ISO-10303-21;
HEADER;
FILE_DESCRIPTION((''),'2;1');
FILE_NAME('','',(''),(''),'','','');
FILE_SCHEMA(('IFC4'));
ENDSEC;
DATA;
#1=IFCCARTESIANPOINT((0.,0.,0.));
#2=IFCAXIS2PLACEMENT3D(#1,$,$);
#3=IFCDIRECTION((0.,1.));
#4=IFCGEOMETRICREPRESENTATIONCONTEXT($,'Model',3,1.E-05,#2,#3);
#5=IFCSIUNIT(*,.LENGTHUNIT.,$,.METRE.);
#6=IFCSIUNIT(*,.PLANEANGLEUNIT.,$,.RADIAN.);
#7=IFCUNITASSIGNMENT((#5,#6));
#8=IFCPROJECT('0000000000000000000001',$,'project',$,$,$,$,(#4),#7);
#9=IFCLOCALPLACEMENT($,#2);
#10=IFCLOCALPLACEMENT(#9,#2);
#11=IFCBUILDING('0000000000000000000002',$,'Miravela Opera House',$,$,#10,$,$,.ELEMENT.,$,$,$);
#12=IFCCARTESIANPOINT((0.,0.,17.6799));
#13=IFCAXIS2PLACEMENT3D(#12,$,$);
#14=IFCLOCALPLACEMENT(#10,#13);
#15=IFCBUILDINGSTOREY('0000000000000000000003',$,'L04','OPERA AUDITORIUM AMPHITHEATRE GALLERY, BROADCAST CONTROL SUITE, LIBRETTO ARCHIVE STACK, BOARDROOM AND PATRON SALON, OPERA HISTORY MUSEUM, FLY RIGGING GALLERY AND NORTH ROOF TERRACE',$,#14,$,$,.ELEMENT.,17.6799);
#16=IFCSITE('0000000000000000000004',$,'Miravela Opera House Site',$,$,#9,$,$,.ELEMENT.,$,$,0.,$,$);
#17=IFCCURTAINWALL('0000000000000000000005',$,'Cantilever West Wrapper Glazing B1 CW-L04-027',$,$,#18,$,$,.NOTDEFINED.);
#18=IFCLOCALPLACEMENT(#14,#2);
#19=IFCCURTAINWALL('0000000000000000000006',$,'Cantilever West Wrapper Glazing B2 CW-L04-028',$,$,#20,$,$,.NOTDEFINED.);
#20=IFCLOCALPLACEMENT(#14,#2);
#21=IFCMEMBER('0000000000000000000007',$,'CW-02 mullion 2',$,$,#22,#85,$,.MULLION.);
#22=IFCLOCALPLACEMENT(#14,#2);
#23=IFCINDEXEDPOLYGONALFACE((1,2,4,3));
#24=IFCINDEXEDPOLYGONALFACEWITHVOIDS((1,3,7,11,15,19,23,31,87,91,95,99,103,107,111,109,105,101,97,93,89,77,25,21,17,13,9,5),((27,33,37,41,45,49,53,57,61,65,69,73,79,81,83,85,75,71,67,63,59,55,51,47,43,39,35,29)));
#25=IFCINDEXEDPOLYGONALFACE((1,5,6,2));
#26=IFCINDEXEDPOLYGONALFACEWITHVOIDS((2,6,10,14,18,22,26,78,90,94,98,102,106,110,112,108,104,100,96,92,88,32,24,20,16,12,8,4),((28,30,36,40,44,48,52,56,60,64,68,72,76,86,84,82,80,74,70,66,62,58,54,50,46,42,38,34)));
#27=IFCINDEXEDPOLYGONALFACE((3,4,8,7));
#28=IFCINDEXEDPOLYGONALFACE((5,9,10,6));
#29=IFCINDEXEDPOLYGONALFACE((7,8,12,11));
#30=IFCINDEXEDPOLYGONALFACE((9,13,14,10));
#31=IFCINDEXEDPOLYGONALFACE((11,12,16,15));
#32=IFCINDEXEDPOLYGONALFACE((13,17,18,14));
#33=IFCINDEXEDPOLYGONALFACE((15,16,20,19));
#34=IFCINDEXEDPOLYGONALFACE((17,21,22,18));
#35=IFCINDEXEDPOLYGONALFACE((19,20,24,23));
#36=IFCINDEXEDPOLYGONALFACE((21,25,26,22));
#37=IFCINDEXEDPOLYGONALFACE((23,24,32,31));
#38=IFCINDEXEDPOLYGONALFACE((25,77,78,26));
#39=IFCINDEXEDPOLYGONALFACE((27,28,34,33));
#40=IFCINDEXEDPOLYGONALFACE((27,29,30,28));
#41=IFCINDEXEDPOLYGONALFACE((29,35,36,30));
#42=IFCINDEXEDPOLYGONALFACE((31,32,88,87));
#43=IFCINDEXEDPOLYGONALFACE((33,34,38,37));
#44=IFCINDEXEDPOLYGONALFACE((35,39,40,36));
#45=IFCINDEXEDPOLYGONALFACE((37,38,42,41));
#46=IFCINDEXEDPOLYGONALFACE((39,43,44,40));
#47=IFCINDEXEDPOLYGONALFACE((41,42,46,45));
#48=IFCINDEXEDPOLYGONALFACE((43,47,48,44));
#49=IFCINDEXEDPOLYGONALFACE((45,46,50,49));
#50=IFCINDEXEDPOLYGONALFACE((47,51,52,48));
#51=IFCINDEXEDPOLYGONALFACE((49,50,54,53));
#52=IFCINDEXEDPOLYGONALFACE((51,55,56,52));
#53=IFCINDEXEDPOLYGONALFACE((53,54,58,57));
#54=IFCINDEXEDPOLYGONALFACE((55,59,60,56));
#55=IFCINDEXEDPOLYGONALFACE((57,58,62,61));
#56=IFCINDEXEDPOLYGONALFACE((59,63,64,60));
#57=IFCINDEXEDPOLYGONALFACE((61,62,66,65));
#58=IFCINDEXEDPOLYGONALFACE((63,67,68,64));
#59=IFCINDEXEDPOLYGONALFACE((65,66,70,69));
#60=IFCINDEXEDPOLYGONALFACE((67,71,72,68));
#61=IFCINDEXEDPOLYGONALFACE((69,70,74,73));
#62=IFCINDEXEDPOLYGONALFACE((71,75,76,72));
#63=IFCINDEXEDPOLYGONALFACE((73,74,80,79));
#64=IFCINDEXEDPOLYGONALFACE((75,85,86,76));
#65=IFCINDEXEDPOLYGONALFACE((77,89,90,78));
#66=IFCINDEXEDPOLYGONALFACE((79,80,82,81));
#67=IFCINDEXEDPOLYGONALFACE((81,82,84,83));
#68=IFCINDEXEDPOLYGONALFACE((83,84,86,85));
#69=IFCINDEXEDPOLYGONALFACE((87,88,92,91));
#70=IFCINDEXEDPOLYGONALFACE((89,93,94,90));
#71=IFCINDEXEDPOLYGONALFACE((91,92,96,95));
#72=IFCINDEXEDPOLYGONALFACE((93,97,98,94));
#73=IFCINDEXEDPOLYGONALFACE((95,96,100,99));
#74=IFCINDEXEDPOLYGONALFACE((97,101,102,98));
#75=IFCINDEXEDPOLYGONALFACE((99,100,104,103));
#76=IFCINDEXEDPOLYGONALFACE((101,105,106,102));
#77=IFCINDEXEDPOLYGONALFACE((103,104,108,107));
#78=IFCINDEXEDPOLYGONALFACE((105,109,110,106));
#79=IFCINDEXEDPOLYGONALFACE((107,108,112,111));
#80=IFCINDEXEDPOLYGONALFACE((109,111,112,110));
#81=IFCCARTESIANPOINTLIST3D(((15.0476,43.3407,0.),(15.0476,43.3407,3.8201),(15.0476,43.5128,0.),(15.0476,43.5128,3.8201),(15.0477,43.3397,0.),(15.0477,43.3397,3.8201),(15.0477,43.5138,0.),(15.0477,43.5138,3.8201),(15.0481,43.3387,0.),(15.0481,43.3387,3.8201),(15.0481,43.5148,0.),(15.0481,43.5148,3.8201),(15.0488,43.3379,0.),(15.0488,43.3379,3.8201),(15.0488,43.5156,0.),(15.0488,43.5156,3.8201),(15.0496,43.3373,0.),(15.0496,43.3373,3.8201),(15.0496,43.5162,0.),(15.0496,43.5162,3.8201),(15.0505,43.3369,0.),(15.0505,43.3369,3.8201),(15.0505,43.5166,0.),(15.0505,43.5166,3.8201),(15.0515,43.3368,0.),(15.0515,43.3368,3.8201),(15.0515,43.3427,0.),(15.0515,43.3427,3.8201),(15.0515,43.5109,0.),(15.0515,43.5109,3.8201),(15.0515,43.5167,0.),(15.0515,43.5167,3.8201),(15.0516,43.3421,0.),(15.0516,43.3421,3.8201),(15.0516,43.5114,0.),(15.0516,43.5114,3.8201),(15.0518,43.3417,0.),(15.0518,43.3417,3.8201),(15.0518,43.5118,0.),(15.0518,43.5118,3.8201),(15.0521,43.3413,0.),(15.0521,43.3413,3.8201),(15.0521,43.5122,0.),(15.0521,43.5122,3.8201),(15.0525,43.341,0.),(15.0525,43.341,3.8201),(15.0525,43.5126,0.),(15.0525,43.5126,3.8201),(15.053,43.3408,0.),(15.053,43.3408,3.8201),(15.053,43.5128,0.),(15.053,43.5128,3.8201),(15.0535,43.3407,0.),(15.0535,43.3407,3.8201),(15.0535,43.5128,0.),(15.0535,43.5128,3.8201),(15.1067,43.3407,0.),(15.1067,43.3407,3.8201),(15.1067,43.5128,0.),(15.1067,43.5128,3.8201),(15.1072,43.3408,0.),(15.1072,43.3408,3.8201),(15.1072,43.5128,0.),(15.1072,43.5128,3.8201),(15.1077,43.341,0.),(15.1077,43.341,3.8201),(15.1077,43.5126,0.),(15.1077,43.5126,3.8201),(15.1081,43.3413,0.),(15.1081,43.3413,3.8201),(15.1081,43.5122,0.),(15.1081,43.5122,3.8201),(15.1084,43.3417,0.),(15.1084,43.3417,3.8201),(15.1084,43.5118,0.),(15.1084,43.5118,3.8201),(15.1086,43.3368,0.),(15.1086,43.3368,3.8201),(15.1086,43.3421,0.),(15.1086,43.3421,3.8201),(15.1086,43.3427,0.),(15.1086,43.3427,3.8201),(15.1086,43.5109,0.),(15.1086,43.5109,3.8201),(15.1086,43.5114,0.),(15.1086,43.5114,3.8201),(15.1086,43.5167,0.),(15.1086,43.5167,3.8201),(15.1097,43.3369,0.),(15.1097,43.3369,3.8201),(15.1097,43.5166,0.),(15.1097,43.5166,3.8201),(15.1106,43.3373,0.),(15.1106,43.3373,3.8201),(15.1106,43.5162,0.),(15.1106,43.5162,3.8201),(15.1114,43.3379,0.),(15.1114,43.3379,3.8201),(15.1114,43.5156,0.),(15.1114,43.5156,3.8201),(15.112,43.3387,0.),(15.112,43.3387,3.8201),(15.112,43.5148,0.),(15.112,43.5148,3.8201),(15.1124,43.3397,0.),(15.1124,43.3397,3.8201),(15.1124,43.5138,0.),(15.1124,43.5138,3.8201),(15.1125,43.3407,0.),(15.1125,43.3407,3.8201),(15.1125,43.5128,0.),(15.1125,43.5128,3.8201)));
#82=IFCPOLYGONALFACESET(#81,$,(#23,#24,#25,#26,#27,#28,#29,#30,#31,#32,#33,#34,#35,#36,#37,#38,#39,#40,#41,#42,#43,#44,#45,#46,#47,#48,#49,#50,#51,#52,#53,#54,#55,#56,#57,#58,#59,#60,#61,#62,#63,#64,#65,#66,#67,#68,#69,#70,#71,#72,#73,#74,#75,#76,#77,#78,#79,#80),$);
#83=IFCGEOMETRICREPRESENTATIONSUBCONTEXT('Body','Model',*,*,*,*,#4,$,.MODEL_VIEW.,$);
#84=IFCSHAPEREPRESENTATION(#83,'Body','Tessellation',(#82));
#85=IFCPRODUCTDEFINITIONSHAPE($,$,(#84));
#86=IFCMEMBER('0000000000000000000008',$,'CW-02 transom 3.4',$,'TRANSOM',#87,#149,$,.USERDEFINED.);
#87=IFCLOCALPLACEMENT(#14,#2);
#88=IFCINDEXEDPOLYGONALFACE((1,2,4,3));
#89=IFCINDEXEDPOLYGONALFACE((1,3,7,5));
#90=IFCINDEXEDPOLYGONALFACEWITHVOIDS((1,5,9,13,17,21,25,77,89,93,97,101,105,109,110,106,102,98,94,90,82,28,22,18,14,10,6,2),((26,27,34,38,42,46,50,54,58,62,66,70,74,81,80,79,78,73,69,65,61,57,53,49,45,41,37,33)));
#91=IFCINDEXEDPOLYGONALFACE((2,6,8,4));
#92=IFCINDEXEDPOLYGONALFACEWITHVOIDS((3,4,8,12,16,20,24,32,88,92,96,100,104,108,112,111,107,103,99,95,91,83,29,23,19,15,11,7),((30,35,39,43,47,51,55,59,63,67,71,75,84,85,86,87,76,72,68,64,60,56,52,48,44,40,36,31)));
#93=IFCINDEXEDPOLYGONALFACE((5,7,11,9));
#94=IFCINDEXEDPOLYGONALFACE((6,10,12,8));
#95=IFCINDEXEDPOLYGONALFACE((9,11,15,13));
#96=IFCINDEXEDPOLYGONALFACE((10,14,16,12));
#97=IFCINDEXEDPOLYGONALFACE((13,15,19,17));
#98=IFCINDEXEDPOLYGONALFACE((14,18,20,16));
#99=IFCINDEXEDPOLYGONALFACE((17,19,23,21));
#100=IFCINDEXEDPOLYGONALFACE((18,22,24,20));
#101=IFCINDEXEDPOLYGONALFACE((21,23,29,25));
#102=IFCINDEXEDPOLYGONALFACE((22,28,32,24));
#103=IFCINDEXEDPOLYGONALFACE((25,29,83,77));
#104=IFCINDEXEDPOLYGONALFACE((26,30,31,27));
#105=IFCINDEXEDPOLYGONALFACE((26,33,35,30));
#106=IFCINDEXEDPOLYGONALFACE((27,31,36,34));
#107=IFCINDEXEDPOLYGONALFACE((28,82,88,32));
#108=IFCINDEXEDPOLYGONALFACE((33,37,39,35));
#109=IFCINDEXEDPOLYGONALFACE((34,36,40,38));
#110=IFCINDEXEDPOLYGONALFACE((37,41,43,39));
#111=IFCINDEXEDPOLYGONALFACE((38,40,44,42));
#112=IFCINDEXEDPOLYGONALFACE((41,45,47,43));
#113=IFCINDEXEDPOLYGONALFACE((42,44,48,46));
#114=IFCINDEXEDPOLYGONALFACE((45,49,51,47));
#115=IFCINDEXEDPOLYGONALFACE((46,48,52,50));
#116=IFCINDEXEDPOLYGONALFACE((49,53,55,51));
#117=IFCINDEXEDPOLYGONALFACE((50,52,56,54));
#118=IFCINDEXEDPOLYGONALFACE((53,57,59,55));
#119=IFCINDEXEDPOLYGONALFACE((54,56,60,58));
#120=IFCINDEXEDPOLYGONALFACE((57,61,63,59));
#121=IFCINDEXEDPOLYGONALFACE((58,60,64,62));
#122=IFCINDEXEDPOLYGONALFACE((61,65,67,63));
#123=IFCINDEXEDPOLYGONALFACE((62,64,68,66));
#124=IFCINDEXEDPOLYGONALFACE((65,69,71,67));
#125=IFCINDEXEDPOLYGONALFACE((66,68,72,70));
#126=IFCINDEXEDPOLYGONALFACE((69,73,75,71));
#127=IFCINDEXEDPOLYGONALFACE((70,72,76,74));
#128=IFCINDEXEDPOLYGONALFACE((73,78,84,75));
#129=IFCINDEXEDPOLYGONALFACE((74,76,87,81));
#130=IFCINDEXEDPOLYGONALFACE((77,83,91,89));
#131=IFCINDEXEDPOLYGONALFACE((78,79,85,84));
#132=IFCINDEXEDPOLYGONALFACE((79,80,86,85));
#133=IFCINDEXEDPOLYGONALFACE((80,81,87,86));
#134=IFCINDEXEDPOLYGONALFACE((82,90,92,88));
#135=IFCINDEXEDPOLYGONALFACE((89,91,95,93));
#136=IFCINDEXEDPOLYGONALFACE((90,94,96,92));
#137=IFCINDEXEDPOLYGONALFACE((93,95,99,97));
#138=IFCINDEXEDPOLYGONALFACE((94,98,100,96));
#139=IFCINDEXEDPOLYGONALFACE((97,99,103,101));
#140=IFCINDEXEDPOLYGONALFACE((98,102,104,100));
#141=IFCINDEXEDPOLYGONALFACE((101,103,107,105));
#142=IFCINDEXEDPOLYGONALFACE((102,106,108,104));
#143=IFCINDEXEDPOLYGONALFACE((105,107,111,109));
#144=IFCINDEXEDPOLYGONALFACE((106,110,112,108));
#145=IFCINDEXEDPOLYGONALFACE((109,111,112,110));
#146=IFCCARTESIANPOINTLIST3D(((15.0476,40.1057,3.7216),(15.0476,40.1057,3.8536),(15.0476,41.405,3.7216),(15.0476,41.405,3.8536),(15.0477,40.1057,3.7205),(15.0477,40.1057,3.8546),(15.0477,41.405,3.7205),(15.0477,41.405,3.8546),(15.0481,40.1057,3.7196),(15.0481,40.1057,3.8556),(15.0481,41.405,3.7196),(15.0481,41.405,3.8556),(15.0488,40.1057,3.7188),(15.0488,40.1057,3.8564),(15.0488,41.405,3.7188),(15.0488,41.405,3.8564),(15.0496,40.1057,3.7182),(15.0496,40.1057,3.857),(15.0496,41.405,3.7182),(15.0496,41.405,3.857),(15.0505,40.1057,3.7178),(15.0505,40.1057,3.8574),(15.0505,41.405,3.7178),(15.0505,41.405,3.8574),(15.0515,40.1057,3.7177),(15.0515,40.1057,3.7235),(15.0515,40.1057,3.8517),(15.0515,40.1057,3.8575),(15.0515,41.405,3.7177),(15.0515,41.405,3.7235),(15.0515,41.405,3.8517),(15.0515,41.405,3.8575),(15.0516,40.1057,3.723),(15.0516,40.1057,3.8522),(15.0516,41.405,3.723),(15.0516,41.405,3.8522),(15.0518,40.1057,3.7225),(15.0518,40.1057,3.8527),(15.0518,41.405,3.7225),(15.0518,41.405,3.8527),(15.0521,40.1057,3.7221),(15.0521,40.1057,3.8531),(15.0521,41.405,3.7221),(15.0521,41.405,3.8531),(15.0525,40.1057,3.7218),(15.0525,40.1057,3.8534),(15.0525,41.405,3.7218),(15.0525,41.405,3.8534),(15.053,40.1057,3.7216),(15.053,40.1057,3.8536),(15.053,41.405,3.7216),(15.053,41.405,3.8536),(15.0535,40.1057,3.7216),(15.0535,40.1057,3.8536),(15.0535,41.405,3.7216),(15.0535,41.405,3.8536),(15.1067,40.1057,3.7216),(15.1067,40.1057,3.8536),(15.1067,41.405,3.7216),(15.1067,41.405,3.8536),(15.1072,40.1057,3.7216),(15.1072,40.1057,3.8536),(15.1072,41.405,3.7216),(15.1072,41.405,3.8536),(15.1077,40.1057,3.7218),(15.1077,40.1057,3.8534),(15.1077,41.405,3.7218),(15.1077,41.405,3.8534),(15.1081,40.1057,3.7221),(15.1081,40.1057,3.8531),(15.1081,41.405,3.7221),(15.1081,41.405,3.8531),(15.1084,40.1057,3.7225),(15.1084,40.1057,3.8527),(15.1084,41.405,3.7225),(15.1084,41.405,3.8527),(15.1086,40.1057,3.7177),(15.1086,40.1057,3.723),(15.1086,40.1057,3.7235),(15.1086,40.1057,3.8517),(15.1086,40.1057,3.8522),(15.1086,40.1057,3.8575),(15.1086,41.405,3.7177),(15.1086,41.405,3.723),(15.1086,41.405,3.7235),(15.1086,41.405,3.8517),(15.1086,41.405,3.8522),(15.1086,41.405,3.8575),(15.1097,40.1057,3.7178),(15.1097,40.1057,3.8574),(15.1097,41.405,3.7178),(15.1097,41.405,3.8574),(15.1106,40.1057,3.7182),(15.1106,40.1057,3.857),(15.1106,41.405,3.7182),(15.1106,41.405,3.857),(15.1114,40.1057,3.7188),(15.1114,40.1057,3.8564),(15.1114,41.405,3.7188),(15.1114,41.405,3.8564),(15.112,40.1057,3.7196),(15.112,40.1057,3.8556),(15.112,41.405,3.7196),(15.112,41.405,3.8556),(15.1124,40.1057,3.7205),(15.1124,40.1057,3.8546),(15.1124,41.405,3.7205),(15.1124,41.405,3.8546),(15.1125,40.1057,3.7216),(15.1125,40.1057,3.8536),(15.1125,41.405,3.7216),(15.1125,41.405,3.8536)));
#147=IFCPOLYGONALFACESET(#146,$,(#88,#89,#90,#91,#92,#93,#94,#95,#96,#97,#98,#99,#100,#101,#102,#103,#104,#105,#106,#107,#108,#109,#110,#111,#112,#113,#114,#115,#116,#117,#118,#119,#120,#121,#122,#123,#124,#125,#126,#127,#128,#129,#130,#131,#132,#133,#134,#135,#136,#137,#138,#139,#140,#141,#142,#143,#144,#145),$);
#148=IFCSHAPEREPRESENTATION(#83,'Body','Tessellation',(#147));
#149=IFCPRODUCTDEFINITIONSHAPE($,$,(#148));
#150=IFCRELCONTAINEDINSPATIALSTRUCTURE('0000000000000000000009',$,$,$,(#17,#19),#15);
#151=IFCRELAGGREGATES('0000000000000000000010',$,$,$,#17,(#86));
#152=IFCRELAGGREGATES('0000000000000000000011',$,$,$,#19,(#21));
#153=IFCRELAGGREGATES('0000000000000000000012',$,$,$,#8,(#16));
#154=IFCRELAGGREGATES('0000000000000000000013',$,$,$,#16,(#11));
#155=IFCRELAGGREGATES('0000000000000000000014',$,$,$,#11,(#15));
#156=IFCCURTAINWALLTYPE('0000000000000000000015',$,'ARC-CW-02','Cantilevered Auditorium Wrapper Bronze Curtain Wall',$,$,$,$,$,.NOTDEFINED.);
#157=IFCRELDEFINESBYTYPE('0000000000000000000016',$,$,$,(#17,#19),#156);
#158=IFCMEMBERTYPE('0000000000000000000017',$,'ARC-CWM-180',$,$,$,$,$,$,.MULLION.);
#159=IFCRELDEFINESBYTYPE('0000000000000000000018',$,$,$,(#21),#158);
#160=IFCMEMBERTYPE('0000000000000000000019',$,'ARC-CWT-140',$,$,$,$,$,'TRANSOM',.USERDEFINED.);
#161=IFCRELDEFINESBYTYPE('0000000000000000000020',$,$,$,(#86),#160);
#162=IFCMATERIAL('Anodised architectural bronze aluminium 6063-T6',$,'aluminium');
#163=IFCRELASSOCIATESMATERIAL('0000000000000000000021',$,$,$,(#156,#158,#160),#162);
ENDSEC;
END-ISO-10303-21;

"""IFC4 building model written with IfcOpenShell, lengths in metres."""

from ifc_helpers import new_model, si_unit, direction, frame, origin, origin_2d, place, context, subcontext, project, spatial, hollow_rectangle, extrude, material, material_profile, profile_set, type_object, element, aggregate, save


model = new_model("IFC4")

# Units and contexts
model_context = context("Model", 3, precision=1e-05, world=origin(), true_north=direction((0.0, 1.0)))
body_context = subcontext(model_context, "Body", "Model", "MODEL_VIEW")
ifc_project = project(units=[si_unit("LENGTHUNIT", "METRE"), si_unit("PLANEANGLEUNIT", "RADIAN")], contexts=[model_context])

# Site, building, storey
site_placement = place(None, origin())
site = spatial("IfcSite", under=ifc_project, at=site_placement, Name="Miravela Opera House Site", CompositionType="ELEMENT", RefElevation=0.0)
building_placement = place(site_placement, origin())
building = spatial("IfcBuilding", under=site, at=building_placement, Name="Miravela Opera House", CompositionType="ELEMENT")
storey_placement = place(building_placement, frame((0.0, 0.0, 17.6799)))
storey = spatial("IfcBuildingStorey", under=building, at=storey_placement, Name="L04", Description="OPERA AUDITORIUM AMPHITHEATRE GALLERY, BROADCAST CONTROL SUITE, LIBRETTO ARCHIVE STACK, BOARDROOM AND PATRON SALON, OPERA HISTORY MUSEUM, FLY RIGGING GALLERY AND NORTH ROOF TERRACE", CompositionType="ELEMENT", Elevation=17.6799)

# Curtain wall
ifc_material_1 = material(Name="Anodised architectural bronze aluminium 6063-T6", Category="aluminium")
curtain_wall_type = type_object("IfcCurtainWallType", Name="ARC-CW-02", Description="Cantilevered Auditorium Wrapper Bronze Curtain Wall", PredefinedType="NOTDEFINED", material=ifc_material_1)
curtain_wall_1_placement = place(storey_placement, origin())
curtain_wall_1 = element("IfcCurtainWall", 1, at=curtain_wall_1_placement, inside=storey, type_object=curtain_wall_type, Name="Cantilever West Wrapper Glazing B1 CW-L04-027", PredefinedType="NOTDEFINED")
ifc_material_profile_1 = material_profile(ifc_material_1, hollow_rectangle(XDim=0.0649, YDim=0.1799, WallThickness=0.0039, InnerFilletRadius=0.002, OuterFilletRadius=0.0039, at=origin_2d()), Name="CWM-65X180")
ifc_profile_set_1 = profile_set([ifc_material_profile_1])
member_type_1 = type_object("IfcMemberType", Name="ARC-CWM-180", PredefinedType="MULLION", material=ifc_profile_set_1)

# Curtain wall, member
curtain_wall_2_placement = place(storey_placement, origin())
curtain_wall_2 = element("IfcCurtainWall", 2, at=curtain_wall_2_placement, inside=storey, type_object=curtain_wall_type, Name="Cantilever West Wrapper Glazing B2 CW-L04-028", PredefinedType="NOTDEFINED")
member_1_placement = place(storey_placement, frame((15.0801, 43.4268, 0.0), z_axis=(0.0, 0.0, 1.0), x_axis=(-1.0, 0.0, 0.0)))
member_1 = element("IfcMember", 3, at=member_1_placement, type_object=member_type_1, Name="CW-02 mullion 2", PredefinedType="MULLION", context=body_context, shape_type="SweptSolid", body=[
    extrude(hollow_rectangle(XDim=0.0649, YDim=0.1799, WallThickness=0.0039, InnerFilletRadius=0.002, OuterFilletRadius=0.0039, at=origin_2d()), origin(), (0.0, 0.0, 1.0), 3.8201),
])

# Member
ifc_material_profile_2 = material_profile(ifc_material_1, hollow_rectangle(XDim=0.0649, YDim=0.1399, WallThickness=0.0039, InnerFilletRadius=0.002, OuterFilletRadius=0.0039, at=origin_2d()), Name="CWT-65X140")
ifc_profile_set_2 = profile_set([ifc_material_profile_2])
member_type_2 = type_object("IfcMemberType", Name="ARC-CWT-140", ElementType="TRANSOM", PredefinedType="USERDEFINED", material=ifc_profile_set_2)
member_2_placement = place(storey_placement, frame((15.0801, 40.1057, 3.7876), z_axis=(0.0, 1.0, 0.0), x_axis=(-1.0, 0.0, 0.0)))
member_2 = element("IfcMember", 4, at=member_2_placement, type_object=member_type_2, Name="CW-02 transom 3.4", ObjectType="TRANSOM", PredefinedType="USERDEFINED", context=body_context, shape_type="SweptSolid", body=[
    extrude(hollow_rectangle(XDim=0.0649, YDim=0.1399, WallThickness=0.0039, InnerFilletRadius=0.002, OuterFilletRadius=0.0039, at=origin_2d()), origin(), (0.0, 0.0, 1.0), 1.2993),
])

aggregate(curtain_wall_1, [member_2])
aggregate(curtain_wall_2, [member_1])

save(model, "model.ifc")
